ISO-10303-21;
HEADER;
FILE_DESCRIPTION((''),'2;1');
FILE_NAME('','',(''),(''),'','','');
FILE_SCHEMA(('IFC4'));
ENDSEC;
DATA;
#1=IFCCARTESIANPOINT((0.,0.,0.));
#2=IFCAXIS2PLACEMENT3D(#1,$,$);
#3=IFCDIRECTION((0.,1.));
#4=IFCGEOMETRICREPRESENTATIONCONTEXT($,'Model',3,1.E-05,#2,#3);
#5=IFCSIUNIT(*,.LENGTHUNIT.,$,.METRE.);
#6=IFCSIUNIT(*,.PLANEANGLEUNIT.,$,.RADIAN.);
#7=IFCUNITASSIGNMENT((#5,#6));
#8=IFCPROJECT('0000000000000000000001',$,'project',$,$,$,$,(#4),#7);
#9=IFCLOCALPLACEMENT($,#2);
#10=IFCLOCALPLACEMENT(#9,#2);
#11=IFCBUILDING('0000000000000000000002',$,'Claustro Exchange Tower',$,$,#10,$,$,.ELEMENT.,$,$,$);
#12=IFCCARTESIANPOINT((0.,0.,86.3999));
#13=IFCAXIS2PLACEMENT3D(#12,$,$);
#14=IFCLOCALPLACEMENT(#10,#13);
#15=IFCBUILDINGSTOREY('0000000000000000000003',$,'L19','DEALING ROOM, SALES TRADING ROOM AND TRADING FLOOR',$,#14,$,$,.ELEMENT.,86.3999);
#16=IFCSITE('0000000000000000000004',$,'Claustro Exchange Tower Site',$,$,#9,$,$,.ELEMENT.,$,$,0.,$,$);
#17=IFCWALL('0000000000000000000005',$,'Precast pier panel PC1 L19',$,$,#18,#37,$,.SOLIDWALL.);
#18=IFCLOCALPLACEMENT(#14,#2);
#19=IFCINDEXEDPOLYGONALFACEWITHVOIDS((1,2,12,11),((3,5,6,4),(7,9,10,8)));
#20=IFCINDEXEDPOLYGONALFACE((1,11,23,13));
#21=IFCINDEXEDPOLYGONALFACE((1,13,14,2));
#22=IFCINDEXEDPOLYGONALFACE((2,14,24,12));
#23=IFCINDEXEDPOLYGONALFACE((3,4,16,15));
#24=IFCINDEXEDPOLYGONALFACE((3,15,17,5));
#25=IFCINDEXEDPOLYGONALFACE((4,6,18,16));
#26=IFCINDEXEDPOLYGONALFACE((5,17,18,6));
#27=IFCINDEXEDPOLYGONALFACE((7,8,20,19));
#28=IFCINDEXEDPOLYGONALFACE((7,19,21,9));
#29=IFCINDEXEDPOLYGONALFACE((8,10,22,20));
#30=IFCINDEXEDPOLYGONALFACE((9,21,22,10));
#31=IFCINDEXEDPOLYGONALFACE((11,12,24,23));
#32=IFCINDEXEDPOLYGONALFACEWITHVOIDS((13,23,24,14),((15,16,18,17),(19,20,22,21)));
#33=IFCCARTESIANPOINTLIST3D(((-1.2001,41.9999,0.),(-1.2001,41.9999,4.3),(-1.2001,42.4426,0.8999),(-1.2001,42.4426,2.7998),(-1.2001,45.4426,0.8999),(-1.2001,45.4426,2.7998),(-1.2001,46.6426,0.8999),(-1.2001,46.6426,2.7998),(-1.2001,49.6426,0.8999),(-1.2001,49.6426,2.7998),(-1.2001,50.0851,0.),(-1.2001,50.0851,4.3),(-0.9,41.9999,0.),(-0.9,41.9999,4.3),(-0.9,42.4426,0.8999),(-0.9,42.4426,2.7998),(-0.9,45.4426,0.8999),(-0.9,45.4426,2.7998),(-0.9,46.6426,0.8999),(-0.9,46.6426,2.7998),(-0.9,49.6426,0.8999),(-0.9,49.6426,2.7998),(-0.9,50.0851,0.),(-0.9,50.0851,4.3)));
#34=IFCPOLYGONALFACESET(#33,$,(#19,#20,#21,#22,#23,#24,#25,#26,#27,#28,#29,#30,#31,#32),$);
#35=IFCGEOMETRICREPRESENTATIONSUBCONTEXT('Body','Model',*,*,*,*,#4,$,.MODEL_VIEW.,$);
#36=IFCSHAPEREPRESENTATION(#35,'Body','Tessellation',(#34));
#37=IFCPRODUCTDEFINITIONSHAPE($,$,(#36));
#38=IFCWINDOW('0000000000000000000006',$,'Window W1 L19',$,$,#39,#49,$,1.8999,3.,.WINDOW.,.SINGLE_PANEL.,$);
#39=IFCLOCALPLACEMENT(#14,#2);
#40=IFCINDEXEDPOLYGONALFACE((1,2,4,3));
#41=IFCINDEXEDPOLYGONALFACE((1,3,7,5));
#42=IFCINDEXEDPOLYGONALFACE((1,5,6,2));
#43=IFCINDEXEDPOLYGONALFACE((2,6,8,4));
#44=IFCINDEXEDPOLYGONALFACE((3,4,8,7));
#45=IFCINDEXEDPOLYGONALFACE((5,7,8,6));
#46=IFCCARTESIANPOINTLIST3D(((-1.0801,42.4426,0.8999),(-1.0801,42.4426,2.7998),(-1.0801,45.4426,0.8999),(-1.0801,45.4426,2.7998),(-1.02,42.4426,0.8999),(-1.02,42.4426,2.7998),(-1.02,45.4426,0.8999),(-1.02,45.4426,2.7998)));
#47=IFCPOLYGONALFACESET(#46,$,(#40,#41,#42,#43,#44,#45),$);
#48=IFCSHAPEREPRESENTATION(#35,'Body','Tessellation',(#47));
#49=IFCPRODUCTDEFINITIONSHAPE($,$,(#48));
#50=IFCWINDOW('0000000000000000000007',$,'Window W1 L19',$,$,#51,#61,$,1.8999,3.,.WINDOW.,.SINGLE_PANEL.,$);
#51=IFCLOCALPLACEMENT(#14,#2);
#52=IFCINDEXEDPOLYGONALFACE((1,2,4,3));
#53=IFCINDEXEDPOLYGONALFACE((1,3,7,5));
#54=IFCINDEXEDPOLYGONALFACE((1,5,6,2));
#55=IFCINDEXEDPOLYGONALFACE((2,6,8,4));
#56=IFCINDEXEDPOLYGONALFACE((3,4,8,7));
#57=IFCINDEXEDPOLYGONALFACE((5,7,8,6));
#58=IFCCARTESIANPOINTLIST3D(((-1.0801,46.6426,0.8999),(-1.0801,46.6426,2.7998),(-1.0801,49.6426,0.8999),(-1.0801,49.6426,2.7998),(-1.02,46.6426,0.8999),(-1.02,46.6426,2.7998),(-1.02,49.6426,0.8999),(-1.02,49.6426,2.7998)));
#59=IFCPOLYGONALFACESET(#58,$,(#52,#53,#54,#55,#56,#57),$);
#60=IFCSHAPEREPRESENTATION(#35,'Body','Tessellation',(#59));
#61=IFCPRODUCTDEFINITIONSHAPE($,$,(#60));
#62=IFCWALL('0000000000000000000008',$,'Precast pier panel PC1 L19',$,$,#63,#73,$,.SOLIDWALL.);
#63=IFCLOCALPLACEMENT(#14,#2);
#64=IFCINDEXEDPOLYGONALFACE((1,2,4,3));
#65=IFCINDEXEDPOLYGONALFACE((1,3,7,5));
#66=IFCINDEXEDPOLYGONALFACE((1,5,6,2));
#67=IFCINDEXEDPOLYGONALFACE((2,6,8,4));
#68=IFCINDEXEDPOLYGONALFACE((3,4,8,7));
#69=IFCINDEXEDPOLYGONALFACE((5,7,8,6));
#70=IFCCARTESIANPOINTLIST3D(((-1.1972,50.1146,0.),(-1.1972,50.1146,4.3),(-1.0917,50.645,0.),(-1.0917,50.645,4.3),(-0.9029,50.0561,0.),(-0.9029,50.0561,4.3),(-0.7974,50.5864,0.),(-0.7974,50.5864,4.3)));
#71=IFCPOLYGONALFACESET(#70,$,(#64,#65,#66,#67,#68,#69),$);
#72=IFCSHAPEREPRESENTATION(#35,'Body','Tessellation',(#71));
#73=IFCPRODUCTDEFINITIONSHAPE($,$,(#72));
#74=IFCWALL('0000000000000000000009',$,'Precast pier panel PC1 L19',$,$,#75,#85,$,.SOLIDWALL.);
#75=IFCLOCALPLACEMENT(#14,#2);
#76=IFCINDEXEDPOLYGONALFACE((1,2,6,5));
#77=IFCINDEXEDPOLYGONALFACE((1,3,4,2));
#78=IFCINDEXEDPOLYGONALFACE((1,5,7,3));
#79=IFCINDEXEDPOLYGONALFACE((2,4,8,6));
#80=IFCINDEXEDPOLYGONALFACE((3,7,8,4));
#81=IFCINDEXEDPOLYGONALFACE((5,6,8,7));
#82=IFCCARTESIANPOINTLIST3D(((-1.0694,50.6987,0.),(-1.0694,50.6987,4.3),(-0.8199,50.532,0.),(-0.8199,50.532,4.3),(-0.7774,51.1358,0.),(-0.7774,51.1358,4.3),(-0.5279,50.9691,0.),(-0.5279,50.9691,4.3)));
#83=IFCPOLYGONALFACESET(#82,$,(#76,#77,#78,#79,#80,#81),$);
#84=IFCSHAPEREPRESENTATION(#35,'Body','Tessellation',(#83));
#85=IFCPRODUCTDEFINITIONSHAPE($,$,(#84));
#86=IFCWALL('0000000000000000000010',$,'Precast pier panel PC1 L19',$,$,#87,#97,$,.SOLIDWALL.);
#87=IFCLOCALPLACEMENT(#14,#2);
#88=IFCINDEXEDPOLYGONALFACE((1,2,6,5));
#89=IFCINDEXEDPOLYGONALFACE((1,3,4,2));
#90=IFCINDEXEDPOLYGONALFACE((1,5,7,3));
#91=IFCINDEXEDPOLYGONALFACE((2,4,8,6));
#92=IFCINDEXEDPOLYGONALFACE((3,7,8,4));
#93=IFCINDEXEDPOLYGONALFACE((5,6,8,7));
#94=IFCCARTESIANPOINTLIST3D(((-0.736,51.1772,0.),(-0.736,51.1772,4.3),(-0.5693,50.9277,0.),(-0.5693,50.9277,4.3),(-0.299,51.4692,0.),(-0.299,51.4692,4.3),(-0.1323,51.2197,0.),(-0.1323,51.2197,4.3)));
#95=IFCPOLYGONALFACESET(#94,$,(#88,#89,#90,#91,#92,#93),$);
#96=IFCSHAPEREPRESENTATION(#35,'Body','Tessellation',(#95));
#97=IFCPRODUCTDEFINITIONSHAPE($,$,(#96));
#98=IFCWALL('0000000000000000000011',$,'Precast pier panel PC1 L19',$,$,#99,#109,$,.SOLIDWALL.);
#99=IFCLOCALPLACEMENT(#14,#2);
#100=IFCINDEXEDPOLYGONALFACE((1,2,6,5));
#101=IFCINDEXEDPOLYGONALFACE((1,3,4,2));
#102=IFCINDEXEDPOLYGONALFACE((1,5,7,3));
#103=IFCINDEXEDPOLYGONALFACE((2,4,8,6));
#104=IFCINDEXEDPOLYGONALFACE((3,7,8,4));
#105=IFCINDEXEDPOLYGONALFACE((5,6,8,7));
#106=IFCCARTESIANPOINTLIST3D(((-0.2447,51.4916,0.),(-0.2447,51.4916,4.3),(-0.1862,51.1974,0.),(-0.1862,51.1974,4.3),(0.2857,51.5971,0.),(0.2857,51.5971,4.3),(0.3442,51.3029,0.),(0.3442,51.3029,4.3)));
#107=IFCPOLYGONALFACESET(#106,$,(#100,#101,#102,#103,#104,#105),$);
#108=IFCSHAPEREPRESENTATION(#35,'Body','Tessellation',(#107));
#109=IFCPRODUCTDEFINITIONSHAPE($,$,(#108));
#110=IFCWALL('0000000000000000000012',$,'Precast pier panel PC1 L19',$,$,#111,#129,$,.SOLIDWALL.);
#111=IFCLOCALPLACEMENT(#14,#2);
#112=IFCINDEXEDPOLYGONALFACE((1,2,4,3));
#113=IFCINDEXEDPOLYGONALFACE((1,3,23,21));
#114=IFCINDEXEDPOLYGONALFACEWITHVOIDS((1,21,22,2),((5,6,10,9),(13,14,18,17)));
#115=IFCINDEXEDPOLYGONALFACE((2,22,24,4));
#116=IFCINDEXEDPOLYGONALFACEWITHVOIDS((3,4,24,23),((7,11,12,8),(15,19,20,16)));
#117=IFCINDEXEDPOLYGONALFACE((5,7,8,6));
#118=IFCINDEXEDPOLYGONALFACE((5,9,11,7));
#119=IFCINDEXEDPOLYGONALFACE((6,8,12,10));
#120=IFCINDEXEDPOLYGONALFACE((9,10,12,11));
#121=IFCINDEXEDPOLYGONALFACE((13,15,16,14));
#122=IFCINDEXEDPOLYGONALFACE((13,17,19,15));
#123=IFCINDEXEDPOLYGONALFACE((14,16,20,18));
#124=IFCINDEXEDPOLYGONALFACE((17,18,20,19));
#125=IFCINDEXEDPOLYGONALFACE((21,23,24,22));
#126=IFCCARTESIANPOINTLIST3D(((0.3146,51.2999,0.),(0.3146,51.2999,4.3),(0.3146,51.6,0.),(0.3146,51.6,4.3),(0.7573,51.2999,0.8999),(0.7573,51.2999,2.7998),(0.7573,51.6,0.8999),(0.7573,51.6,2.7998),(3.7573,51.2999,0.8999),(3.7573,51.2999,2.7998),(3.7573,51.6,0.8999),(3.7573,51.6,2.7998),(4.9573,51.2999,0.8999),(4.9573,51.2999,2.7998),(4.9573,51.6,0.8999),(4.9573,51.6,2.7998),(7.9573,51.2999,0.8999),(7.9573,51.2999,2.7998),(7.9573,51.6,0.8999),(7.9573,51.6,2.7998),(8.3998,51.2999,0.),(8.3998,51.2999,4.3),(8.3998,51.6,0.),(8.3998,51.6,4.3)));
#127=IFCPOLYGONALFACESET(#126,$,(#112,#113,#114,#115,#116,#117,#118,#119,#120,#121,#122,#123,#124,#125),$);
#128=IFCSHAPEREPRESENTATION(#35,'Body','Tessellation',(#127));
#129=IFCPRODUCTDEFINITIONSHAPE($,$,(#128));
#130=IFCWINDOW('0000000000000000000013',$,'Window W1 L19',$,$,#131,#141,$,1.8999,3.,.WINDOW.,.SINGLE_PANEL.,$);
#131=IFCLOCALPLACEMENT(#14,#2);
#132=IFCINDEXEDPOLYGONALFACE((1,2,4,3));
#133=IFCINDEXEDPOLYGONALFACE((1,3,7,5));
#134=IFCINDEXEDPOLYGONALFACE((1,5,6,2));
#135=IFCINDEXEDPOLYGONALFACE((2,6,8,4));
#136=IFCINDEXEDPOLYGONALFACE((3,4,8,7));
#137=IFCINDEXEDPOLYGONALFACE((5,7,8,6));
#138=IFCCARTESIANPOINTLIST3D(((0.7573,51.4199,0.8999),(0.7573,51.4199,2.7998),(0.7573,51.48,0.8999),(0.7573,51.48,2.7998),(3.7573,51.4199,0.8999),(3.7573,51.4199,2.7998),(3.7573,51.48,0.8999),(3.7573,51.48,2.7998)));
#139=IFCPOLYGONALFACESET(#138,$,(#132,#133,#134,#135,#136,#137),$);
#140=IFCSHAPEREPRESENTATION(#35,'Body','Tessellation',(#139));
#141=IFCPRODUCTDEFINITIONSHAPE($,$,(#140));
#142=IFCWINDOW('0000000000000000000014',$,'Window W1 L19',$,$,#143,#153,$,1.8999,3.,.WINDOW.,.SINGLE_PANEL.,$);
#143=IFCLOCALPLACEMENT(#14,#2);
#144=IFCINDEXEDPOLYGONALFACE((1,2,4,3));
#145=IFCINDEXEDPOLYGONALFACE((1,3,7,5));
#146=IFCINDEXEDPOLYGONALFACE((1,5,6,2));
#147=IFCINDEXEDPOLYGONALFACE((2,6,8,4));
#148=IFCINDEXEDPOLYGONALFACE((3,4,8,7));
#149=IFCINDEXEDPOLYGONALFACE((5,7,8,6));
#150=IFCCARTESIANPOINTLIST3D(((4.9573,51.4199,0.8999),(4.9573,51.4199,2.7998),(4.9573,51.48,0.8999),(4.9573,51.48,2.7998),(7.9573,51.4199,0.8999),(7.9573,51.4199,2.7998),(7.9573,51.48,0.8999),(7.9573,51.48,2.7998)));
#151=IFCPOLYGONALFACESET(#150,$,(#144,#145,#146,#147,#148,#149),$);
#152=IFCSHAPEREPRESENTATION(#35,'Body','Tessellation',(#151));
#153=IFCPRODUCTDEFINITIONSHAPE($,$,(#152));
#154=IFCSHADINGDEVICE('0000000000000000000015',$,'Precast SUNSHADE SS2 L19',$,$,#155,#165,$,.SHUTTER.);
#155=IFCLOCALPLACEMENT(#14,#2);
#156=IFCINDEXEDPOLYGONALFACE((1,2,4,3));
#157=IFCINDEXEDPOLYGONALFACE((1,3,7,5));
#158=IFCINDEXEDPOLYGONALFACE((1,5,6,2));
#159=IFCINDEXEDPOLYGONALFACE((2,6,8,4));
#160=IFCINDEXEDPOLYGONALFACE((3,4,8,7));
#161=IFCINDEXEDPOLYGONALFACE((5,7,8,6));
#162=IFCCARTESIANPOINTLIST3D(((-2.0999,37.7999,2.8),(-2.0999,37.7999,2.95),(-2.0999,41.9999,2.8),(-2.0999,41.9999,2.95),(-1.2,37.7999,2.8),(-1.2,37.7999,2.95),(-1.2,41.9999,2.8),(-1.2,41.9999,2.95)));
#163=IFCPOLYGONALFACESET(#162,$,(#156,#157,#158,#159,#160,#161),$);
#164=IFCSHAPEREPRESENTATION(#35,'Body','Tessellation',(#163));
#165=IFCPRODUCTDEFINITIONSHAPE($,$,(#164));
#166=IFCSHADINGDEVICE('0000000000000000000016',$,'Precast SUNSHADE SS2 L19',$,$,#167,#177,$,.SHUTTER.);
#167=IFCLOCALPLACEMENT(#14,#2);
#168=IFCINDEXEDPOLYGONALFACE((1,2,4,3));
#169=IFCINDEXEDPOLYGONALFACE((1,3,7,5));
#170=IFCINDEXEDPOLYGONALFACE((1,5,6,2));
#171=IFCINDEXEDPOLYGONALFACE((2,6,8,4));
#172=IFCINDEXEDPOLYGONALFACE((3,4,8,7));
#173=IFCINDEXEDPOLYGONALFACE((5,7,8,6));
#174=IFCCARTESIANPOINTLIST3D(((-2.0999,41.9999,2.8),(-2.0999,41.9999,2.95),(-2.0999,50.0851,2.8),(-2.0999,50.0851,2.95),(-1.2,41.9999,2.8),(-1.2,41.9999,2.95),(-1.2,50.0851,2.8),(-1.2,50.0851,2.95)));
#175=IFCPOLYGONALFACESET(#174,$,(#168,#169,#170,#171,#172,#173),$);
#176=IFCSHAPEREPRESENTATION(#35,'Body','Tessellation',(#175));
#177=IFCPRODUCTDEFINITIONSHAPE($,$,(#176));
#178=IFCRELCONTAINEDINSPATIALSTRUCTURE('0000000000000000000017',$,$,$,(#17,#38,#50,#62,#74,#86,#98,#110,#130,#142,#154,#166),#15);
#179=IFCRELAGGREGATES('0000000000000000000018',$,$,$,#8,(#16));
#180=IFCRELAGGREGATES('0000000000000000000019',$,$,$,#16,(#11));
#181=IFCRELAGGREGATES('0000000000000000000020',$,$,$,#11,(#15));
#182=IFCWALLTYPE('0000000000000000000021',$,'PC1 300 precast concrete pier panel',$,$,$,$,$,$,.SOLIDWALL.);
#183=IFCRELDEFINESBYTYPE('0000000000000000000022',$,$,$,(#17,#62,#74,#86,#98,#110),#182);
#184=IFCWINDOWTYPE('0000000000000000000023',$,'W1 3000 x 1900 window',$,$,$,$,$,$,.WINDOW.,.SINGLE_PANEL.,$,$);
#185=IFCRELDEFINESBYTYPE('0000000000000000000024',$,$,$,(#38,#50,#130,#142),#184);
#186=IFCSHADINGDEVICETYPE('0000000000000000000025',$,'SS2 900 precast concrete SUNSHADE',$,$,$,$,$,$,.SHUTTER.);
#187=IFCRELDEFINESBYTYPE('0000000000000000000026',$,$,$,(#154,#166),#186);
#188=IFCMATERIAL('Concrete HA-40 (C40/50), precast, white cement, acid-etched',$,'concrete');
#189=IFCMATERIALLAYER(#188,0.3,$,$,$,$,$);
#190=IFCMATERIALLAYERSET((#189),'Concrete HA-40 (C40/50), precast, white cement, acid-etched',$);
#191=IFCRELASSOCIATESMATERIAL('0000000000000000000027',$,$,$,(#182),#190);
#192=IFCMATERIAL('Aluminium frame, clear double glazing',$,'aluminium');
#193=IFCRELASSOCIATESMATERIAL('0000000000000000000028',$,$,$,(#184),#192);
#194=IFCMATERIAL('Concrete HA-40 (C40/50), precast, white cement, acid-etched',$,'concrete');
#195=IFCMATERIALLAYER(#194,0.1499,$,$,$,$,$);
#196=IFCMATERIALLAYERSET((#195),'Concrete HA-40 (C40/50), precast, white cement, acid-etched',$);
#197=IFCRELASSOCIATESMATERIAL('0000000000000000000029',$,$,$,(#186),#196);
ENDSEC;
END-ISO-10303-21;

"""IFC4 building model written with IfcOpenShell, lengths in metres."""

from ifc_helpers import new_model, si_unit, direction, frame, frame_2d, origin, origin_2d, place, context, subcontext, project, spatial, rectangle, extrude, material, layer, layer_set, type_object, element, fill, save


model = new_model("IFC4")

# Units and contexts
model_context = context("Model", 3, precision=1e-05, world=origin(), true_north=direction((0.0, 1.0)))
body_context = subcontext(model_context, "Body", "Model", "MODEL_VIEW")
ifc_project = project(units=[si_unit("LENGTHUNIT", "METRE"), si_unit("PLANEANGLEUNIT", "RADIAN")], contexts=[model_context])

# Site, building, storey
site_placement = place(None, origin())
site = spatial("IfcSite", under=ifc_project, at=site_placement, Name="Claustro Exchange Tower Site", CompositionType="ELEMENT", RefElevation=0.0)
building_placement = place(site_placement, origin())
building = spatial("IfcBuilding", under=site, at=building_placement, Name="Claustro Exchange Tower", CompositionType="ELEMENT")
storey_placement = place(building_placement, frame((0.0, 0.0, 86.3999)))
storey = spatial("IfcBuildingStorey", under=building, at=storey_placement, Name="L19", Description="DEALING ROOM, SALES TRADING ROOM AND TRADING FLOOR", CompositionType="ELEMENT", Elevation=86.3999)

# Shared definitions
ifc_material_1 = material(Name="Concrete HA-40 (C40/50), precast, white cement, acid-etched", Category="concrete")
ifc_layer_1 = layer(ifc_material_1, 0.3)
ifc_layer_set_1 = layer_set([ifc_layer_1], Name="Concrete HA-40 (C40/50), precast, white cement, acid-etched")
wall_type_1 = type_object("IfcWallType", Name="PC1 300 precast concrete pier panel", PredefinedType="SOLIDWALL", material=ifc_layer_set_1)

# Wall, openings, windows
wall_1_placement = place(storey_placement, frame((-1.05, 42.0, 0.0), z_axis=(0.0, 0.0, 1.0), x_axis=(0.0, 1.0, 0.0)))
wall_1 = element("IfcWall", 1, at=wall_1_placement, inside=storey, type_object=wall_type_1, Name="Precast pier panel PC1 L19", PredefinedType="SOLIDWALL", context=body_context, shape_type="SweptSolid", body=[
    extrude(rectangle(XDim=8.0852, YDim=0.3, at=frame_2d((4.0425, 0.0))), origin(), (0.0, 0.0, 1.0), 4.3),
])
opening_1_placement = place(wall_1_placement, frame((0.4426, 0.0, 0.8999)))
opening_1 = element("IfcOpeningElement", 2, at=opening_1_placement, cuts=wall_1, PredefinedType="OPENING", context=body_context, shape_type="SweptSolid", body=[
    extrude(rectangle(XDim=3.0, YDim=1.8999, at=frame_2d((1.5, 0.95))), frame((0.0, 0.1599, 0.0), z_axis=(0.0, -1.0, 0.0), x_axis=(1.0, 0.0, 0.0)), (0.0, 0.0, 1.0), 0.3201),
])
opening_2_placement = place(wall_1_placement, frame((4.6426, 0.0, 0.8999)))
opening_2 = element("IfcOpeningElement", 3, at=opening_2_placement, cuts=wall_1, PredefinedType="OPENING", context=body_context, shape_type="SweptSolid", body=[
    extrude(rectangle(XDim=3.0, YDim=1.8999, at=frame_2d((1.5, 0.95))), frame((0.0, 0.1599, 0.0), z_axis=(0.0, -1.0, 0.0), x_axis=(1.0, 0.0, 0.0)), (0.0, 0.0, 1.0), 0.3201),
])
ifc_material_2 = material(Name="Aluminium frame, clear double glazing", Category="aluminium")
window_type_1 = type_object("IfcWindowType", Name="W1 3000 x 1900 window", PartitioningType="SINGLE_PANEL", PredefinedType="WINDOW", material=ifc_material_2)
window_1_placement = place(opening_1_placement, origin())
window_1 = element("IfcWindow", 4, at=window_1_placement, inside=storey, type_object=window_type_1, Name="Window W1 L19", OverallHeight=1.8999, OverallWidth=3.0, PartitioningType="SINGLE_PANEL", PredefinedType="WINDOW", context=body_context, shape_type="SweptSolid", body=[
    extrude(rectangle(XDim=3.0, YDim=1.8999, at=frame_2d((1.5, 0.95))), frame((0.0, 0.03, 0.0), z_axis=(0.0, -1.0, 0.0), x_axis=(1.0, 0.0, 0.0)), (0.0, 0.0, 1.0), 0.0601),
])
fill(opening_1, window_1)
window_2_placement = place(opening_2_placement, origin())
window_2 = element("IfcWindow", 5, at=window_2_placement, inside=storey, type_object=window_type_1, Name="Window W1 L19", OverallHeight=1.8999, OverallWidth=3.0, PartitioningType="SINGLE_PANEL", PredefinedType="WINDOW", context=body_context, shape_type="SweptSolid", body=[
    extrude(rectangle(XDim=3.0, YDim=1.8999, at=frame_2d((1.5, 0.95))), frame((0.0, 0.03, 0.0), z_axis=(0.0, -1.0, 0.0), x_axis=(1.0, 0.0, 0.0)), (0.0, 0.0, 1.0), 0.0601),
])
fill(opening_2, window_2)

# Walls
wall_2_placement = place(storey_placement, frame((-1.05, 50.0852, 0.0), z_axis=(0.0, 0.0, 1.0), x_axis=(0.195074, 0.980789, 0.0)))
element("IfcWall", 6, at=wall_2_placement, inside=storey, type_object=wall_type_1, Name="Precast pier panel PC1 L19", PredefinedType="SOLIDWALL", context=body_context, shape_type="SweptSolid", body=[
    extrude(rectangle(XDim=0.5408, YDim=0.3, at=frame_2d((0.2705, 0.0))), origin(), (0.0, 0.0, 1.0), 4.3),
])
for number, where, z_axis, x_axis, name in (
    (7, (-0.9446, 50.6155, 0.0), (0.0, 0.0, 1.0), (0.555557, 0.831478, 0.0), "Precast pier panel PC1 L19"),
    (8, (-0.6526, 51.0525, 0.0), (0.0, 0.0, 1.0), (0.831478, 0.555557, 0.0), "Precast pier panel PC1 L19"),
):
    element("IfcWall", number, at=place(storey_placement, frame(where, z_axis=z_axis, x_axis=x_axis)), inside=storey, type_object=wall_type_1, Name=name, PredefinedType="SOLIDWALL", context=body_context, shape_type="SweptSolid", body=[
        extrude(rectangle(XDim=0.5256, YDim=0.3, at=frame_2d((0.2627, 0.0))), origin(), (0.0, 0.0, 1.0), 4.3),
    ])
wall_3_placement = place(storey_placement, frame((-0.2156, 51.3445, 0.0), z_axis=(0.0, 0.0, 1.0), x_axis=(0.980789, 0.195074, 0.0)))
element("IfcWall", 9, at=wall_3_placement, inside=storey, type_object=wall_type_1, Name="Precast pier panel PC1 L19", PredefinedType="SOLIDWALL", context=body_context, shape_type="SweptSolid", body=[
    extrude(rectangle(XDim=0.5408, YDim=0.3, at=frame_2d((0.2705, 0.0))), origin(), (0.0, 0.0, 1.0), 4.3),
])

# Wall, openings, windows
wall_4_placement = place(storey_placement, frame((0.3147, 51.45, 0.0), z_axis=(0.0, 0.0, 1.0), x_axis=(1.0, 0.0, 0.0)))
wall_4 = element("IfcWall", 10, at=wall_4_placement, inside=storey, type_object=wall_type_1, Name="Precast pier panel PC1 L19", PredefinedType="SOLIDWALL", context=body_context, shape_type="SweptSolid", body=[
    extrude(rectangle(XDim=8.0852, YDim=0.3, at=frame_2d((4.0425, 0.0))), origin(), (0.0, 0.0, 1.0), 4.3),
])
opening_3_placement = place(wall_4_placement, frame((0.4426, 0.0, 0.8999)))
opening_3 = element("IfcOpeningElement", 11, at=opening_3_placement, cuts=wall_4, PredefinedType="OPENING", context=body_context, shape_type="SweptSolid", body=[
    extrude(rectangle(XDim=3.0, YDim=1.8999, at=frame_2d((1.5, 0.95))), frame((0.0, 0.1599, 0.0), z_axis=(0.0, -1.0, 0.0), x_axis=(1.0, 0.0, 0.0)), (0.0, 0.0, 1.0), 0.3201),
])
opening_4_placement = place(wall_4_placement, frame((4.6426, 0.0, 0.8999)))
opening_4 = element("IfcOpeningElement", 12, at=opening_4_placement, cuts=wall_4, PredefinedType="OPENING", context=body_context, shape_type="SweptSolid", body=[
    extrude(rectangle(XDim=3.0, YDim=1.8999, at=frame_2d((1.5, 0.95))), frame((0.0, 0.1599, 0.0), z_axis=(0.0, -1.0, 0.0), x_axis=(1.0, 0.0, 0.0)), (0.0, 0.0, 1.0), 0.3201),
])
window_3_placement = place(opening_3_placement, origin())
window_3 = element("IfcWindow", 13, at=window_3_placement, inside=storey, type_object=window_type_1, Name="Window W1 L19", OverallHeight=1.8999, OverallWidth=3.0, PartitioningType="SINGLE_PANEL", PredefinedType="WINDOW", context=body_context, shape_type="SweptSolid", body=[
    extrude(rectangle(XDim=3.0, YDim=1.8999, at=frame_2d((1.5, 0.95))), frame((0.0, 0.03, 0.0), z_axis=(0.0, -1.0, 0.0), x_axis=(1.0, 0.0, 0.0)), (0.0, 0.0, 1.0), 0.0601),
])
fill(opening_3, window_3)
window_4_placement = place(opening_4_placement, origin())
window_4 = element("IfcWindow", 14, at=window_4_placement, inside=storey, type_object=window_type_1, Name="Window W1 L19", OverallHeight=1.8999, OverallWidth=3.0, PartitioningType="SINGLE_PANEL", PredefinedType="WINDOW", context=body_context, shape_type="SweptSolid", body=[
    extrude(rectangle(XDim=3.0, YDim=1.8999, at=frame_2d((1.5, 0.95))), frame((0.0, 0.03, 0.0), z_axis=(0.0, -1.0, 0.0), x_axis=(1.0, 0.0, 0.0)), (0.0, 0.0, 1.0), 0.0601),
])
fill(opening_4, window_4)

# Shading devices
ifc_material_3 = material(Name="Concrete HA-40 (C40/50), precast, white cement, acid-etched", Category="concrete")
ifc_layer_2 = layer(ifc_material_3, 0.1499)
ifc_layer_set_2 = layer_set([ifc_layer_2], Name="Concrete HA-40 (C40/50), precast, white cement, acid-etched")
shading_device_type = type_object("IfcShadingDeviceType", Name="SS2 900 precast concrete SUNSHADE", PredefinedType="SHUTTER", material=ifc_layer_set_2)
shading_device_1_placement = place(storey_placement, frame((-1.6499, 39.8999, 2.8), z_axis=(0.0, 0.0, 1.0), x_axis=(0.0, 1.0, 0.0)))
element("IfcShadingDevice", 15, at=shading_device_1_placement, inside=storey, type_object=shading_device_type, Name="Precast SUNSHADE SS2 L19", PredefinedType="SHUTTER", context=body_context, shape_type="SweptSolid", body=[
    extrude(rectangle(XDim=4.2, YDim=0.8999, at=origin_2d()), origin(), (0.0, 0.0, 1.0), 0.1499),
])
shading_device_2_placement = place(storey_placement, frame((-1.6499, 46.0425, 2.8), z_axis=(0.0, 0.0, 1.0), x_axis=(0.0, 1.0, 0.0)))
element("IfcShadingDevice", 16, at=shading_device_2_placement, inside=storey, type_object=shading_device_type, Name="Precast SUNSHADE SS2 L19", PredefinedType="SHUTTER", context=body_context, shape_type="SweptSolid", body=[
    extrude(rectangle(XDim=8.0852, YDim=0.8999, at=origin_2d()), origin(), (0.0, 0.0, 1.0), 0.1499),
])

save(model, "model.ifc")
